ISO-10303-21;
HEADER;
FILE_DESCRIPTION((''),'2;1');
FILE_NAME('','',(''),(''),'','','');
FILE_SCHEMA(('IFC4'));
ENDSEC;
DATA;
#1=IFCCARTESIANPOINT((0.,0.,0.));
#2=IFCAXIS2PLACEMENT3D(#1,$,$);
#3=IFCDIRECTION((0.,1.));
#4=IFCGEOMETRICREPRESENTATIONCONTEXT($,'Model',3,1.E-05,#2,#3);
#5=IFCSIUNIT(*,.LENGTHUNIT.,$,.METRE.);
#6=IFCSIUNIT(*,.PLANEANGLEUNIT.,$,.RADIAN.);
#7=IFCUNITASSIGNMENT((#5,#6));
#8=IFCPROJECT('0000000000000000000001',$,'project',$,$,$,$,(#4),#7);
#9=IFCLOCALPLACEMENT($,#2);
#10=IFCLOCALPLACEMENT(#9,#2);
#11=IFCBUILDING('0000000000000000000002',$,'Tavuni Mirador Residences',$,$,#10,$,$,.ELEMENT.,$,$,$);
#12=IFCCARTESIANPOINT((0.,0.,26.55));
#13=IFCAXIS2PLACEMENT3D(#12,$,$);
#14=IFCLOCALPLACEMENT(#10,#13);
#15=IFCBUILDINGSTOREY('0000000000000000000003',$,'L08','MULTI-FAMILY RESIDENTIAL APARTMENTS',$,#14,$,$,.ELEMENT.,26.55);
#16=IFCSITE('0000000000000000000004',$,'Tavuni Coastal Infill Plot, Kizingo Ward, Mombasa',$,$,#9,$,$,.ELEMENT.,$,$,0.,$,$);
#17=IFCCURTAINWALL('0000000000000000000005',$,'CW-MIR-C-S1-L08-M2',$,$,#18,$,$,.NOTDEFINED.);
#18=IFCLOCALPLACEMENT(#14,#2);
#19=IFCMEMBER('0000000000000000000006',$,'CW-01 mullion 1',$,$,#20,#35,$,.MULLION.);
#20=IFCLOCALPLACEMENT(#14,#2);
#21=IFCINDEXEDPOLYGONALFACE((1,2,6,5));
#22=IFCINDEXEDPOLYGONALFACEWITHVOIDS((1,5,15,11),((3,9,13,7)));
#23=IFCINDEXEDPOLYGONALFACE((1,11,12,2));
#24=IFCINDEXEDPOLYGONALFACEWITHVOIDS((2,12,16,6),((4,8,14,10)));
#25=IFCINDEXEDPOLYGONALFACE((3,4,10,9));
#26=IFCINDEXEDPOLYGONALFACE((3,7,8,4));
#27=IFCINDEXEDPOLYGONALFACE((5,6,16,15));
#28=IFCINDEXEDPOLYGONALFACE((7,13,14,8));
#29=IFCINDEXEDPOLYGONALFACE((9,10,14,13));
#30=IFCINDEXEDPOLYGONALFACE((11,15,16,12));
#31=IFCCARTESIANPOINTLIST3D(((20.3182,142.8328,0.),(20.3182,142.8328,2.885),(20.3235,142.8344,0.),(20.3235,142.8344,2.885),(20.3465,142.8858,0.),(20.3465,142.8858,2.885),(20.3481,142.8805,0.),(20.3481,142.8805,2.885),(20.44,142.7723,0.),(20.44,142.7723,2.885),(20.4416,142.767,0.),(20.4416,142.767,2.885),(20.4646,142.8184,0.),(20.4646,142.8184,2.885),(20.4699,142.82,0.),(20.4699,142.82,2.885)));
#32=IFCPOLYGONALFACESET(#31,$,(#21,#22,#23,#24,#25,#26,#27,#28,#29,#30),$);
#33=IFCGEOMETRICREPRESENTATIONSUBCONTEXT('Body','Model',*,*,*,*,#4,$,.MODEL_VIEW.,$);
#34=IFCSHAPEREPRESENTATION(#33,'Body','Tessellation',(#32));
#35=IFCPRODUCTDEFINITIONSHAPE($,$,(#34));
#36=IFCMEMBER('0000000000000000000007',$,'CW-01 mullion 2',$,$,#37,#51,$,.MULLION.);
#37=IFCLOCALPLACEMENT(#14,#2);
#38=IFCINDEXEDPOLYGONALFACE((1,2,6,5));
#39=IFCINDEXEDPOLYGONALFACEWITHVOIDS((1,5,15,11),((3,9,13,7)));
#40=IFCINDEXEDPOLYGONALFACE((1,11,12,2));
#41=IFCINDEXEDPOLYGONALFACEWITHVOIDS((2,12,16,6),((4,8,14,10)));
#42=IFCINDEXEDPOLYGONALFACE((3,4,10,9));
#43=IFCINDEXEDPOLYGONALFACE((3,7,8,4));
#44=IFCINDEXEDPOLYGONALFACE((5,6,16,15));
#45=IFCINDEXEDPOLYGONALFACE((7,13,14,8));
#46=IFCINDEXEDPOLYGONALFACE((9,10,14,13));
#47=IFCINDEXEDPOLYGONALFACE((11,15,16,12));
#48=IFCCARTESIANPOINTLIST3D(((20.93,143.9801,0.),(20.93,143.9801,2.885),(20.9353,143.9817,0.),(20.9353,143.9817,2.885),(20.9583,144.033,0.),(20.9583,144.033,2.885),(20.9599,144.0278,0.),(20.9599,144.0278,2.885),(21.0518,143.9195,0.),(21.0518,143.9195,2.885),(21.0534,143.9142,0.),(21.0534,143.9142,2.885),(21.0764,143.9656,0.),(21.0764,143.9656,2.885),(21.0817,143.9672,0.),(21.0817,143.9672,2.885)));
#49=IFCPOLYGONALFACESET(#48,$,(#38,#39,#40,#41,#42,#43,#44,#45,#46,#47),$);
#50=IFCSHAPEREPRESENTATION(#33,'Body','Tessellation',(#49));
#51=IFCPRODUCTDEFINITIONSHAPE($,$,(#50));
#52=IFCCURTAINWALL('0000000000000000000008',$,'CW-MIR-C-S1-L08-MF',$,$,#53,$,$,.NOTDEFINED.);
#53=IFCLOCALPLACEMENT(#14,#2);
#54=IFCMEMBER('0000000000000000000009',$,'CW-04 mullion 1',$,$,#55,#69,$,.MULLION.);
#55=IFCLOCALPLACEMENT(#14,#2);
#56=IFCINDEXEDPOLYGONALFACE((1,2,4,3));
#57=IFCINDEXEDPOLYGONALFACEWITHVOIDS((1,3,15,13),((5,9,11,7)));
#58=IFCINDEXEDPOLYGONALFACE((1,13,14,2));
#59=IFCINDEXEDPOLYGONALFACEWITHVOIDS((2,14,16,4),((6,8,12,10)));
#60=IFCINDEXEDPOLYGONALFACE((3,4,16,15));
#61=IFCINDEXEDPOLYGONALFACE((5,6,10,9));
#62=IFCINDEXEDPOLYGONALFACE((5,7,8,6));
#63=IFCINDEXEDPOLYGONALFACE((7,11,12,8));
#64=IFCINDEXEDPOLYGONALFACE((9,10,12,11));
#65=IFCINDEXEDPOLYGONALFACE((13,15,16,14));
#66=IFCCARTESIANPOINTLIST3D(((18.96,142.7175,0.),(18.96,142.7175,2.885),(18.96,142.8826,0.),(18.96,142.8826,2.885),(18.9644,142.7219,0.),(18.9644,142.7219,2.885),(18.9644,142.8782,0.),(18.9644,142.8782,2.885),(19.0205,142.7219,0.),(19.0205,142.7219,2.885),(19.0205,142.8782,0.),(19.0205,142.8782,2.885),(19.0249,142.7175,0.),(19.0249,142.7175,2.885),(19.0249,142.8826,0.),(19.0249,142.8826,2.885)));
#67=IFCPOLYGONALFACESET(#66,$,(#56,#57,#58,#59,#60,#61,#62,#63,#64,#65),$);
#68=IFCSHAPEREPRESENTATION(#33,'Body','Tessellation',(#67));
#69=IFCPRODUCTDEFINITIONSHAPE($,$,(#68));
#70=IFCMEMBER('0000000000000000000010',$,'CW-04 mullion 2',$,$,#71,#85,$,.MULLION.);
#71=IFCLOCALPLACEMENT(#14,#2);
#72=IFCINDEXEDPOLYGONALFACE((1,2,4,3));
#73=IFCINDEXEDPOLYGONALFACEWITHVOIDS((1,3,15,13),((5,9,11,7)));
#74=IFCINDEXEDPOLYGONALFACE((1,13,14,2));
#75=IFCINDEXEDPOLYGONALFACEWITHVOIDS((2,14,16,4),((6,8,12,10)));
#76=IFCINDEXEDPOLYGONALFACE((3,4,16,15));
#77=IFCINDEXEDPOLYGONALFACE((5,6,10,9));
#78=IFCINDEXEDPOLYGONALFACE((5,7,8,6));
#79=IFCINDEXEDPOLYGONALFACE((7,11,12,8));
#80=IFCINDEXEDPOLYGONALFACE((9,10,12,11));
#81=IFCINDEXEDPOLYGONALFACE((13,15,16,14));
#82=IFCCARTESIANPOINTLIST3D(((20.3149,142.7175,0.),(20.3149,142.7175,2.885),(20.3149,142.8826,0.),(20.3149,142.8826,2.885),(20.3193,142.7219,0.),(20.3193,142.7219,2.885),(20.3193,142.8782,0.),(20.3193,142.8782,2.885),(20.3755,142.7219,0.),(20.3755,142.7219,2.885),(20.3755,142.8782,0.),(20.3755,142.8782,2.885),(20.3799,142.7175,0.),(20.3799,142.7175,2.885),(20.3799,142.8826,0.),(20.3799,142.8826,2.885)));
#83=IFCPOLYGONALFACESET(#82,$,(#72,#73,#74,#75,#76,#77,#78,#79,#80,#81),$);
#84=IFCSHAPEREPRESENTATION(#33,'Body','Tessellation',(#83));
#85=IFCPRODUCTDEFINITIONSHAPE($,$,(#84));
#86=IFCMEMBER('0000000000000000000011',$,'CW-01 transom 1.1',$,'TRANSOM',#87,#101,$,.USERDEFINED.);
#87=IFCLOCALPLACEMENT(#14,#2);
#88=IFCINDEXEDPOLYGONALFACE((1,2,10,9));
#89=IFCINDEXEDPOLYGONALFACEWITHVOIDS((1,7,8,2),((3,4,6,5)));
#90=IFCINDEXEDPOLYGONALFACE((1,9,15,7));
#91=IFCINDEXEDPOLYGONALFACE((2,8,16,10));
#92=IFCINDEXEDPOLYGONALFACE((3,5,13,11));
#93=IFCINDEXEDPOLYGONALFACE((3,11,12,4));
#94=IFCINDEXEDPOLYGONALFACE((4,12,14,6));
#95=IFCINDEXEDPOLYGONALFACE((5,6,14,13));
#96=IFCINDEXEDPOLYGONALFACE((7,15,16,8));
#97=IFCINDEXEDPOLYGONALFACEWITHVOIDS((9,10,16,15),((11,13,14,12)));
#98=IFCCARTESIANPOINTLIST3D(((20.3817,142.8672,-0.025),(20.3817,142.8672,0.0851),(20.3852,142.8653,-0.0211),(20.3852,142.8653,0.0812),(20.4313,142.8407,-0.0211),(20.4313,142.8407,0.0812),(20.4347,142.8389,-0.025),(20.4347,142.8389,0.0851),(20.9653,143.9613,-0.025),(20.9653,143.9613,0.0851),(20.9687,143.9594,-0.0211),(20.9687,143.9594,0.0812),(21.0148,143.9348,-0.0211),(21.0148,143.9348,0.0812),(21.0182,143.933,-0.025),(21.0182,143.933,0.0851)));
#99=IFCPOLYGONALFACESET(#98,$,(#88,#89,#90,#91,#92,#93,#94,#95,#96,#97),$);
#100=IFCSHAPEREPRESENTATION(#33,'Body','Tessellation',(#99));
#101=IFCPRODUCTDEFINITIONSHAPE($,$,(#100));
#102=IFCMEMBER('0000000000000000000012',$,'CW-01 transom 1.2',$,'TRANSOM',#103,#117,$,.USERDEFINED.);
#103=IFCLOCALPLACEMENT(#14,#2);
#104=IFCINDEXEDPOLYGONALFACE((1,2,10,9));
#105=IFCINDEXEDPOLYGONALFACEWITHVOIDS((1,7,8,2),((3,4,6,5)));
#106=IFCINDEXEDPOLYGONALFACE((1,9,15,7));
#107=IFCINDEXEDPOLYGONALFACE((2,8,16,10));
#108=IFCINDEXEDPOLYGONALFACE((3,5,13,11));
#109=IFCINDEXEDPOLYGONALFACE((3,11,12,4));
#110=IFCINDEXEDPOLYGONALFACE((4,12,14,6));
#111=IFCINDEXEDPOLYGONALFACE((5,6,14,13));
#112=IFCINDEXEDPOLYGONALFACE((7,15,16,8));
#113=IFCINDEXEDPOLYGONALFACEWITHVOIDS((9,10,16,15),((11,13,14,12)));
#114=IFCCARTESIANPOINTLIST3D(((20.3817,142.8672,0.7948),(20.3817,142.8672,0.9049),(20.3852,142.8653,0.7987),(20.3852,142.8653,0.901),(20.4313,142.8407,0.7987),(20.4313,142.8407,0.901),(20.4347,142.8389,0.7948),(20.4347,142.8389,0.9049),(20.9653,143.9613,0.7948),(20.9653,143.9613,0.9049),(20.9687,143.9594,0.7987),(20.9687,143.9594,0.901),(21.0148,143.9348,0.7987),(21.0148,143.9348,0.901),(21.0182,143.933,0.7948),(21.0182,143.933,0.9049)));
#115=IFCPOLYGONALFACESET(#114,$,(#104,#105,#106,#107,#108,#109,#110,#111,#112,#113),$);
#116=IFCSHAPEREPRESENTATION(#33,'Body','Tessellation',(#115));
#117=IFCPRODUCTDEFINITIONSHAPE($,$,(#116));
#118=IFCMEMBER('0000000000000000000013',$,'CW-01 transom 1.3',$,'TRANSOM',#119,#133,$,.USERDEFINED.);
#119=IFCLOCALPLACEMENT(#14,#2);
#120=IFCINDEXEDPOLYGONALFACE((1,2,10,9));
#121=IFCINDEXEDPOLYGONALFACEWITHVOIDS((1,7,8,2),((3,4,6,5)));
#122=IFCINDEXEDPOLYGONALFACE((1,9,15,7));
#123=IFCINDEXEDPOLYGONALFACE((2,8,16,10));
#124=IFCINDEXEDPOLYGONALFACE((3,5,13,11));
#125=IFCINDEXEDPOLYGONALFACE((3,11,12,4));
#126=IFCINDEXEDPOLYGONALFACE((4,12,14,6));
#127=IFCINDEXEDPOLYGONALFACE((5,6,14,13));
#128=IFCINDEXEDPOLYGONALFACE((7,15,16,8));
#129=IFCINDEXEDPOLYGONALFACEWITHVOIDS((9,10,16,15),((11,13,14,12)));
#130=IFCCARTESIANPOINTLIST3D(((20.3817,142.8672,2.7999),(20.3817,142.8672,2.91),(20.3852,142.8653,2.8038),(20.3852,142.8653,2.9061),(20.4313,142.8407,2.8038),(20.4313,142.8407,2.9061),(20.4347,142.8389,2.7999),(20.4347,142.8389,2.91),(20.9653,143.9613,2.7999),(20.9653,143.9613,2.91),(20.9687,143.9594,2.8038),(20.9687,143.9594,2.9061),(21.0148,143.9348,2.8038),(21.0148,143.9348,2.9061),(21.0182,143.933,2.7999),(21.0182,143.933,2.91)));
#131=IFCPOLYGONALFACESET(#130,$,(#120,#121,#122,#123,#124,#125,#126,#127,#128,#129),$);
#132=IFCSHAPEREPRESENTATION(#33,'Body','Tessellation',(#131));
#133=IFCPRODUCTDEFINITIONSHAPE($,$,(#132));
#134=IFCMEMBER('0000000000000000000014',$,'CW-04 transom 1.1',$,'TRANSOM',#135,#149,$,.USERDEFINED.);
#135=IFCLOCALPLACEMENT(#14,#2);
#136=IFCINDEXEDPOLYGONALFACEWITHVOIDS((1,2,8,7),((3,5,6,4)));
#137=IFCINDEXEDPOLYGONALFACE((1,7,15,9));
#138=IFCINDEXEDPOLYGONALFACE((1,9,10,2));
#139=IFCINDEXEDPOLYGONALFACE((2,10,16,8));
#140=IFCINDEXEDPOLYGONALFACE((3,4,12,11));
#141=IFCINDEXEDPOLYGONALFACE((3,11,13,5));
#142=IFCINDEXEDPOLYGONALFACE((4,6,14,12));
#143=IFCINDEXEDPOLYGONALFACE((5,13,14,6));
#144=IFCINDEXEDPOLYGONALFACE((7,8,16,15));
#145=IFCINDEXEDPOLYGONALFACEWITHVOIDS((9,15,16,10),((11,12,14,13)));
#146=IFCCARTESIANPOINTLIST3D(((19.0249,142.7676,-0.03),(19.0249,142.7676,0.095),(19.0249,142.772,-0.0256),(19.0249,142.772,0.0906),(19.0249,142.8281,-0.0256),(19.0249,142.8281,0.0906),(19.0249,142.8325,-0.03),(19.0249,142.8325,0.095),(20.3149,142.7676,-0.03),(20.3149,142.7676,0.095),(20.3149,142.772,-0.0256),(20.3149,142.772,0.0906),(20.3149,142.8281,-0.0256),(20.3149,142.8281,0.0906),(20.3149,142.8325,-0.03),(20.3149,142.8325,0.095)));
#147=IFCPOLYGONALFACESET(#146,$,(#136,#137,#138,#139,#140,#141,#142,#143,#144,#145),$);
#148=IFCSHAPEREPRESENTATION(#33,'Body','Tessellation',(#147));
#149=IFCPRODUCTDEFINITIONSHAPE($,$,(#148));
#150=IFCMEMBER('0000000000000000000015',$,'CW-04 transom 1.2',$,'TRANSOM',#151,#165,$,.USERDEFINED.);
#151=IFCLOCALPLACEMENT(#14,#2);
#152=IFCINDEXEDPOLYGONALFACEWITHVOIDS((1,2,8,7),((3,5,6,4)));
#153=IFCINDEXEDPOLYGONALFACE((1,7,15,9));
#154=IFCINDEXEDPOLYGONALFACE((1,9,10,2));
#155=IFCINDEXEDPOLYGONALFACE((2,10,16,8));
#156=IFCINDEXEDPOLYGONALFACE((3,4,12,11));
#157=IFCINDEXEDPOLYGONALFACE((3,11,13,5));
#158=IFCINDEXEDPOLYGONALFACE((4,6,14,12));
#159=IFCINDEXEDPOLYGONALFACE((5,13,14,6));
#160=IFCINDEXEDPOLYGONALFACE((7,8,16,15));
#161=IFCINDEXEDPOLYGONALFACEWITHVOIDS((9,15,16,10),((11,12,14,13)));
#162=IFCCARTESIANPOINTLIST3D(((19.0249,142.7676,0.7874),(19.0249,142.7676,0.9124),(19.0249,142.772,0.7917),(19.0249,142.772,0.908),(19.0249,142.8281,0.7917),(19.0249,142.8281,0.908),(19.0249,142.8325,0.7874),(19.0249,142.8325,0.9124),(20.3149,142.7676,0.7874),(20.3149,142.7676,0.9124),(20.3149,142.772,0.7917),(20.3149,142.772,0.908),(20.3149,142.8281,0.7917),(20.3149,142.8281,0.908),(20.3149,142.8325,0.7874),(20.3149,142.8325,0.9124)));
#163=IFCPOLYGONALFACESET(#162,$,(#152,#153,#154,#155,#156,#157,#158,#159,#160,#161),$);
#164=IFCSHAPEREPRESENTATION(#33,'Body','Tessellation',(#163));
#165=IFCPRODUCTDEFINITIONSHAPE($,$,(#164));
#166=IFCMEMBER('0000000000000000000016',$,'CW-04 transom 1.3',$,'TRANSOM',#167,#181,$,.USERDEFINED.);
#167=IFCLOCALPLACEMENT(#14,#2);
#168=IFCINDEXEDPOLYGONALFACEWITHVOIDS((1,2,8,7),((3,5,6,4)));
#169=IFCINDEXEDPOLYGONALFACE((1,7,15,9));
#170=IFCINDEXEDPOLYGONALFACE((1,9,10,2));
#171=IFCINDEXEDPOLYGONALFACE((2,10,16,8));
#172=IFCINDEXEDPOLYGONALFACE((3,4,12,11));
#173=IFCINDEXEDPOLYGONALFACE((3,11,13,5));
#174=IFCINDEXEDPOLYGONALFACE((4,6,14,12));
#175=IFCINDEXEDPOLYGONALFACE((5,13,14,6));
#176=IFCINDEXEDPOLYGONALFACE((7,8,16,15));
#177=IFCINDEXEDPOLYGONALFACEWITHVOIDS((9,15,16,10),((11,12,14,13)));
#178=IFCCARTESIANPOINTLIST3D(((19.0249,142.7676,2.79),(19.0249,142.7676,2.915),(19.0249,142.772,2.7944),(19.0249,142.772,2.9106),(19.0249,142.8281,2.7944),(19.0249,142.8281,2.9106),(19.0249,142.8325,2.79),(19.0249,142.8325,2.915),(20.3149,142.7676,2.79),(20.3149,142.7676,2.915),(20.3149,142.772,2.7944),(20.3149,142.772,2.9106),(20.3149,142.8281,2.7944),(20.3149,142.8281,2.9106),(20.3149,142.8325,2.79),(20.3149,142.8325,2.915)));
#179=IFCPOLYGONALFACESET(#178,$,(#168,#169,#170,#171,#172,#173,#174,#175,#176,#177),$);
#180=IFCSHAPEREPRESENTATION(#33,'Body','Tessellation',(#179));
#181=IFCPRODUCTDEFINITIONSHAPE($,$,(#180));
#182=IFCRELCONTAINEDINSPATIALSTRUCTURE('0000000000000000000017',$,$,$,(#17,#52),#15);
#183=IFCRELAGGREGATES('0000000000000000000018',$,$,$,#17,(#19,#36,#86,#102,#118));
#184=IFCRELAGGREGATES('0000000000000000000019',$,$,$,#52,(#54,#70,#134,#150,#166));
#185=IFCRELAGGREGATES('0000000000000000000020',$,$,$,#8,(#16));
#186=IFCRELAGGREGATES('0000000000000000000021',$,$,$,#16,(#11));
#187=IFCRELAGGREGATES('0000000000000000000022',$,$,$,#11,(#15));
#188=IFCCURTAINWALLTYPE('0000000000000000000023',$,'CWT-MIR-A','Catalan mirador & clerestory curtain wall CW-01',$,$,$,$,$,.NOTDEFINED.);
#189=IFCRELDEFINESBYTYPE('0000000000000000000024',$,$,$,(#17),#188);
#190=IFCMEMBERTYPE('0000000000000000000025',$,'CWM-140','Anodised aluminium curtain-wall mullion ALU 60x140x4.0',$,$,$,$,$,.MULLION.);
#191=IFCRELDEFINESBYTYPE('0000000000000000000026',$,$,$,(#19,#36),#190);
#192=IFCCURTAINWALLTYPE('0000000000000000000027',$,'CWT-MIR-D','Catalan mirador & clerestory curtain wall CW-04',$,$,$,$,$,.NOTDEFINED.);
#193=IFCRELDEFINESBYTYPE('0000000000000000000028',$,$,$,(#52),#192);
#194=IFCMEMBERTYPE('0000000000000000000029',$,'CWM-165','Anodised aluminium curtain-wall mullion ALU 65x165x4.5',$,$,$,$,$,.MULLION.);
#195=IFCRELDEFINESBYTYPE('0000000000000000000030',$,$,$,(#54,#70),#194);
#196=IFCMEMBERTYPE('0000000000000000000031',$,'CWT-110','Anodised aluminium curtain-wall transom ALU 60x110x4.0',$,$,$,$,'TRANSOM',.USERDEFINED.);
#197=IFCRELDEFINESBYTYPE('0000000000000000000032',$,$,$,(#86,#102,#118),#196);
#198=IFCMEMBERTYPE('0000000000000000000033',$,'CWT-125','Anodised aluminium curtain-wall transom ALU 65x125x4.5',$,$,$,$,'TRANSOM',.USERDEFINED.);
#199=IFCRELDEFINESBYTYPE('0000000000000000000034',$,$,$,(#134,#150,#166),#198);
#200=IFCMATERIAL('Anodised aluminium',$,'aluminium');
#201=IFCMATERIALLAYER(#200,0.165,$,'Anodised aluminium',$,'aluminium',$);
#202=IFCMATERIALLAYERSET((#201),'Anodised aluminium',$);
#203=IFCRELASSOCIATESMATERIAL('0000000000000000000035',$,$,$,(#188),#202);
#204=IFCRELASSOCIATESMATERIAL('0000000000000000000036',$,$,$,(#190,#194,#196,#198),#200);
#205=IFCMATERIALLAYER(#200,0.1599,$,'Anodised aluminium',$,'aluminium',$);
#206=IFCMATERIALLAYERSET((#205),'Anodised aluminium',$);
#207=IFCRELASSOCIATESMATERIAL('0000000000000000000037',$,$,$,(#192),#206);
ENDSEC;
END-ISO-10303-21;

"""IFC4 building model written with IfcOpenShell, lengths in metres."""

from ifc_helpers import new_model, si_unit, direction, frame, origin, origin_2d, place, context, subcontext, project, spatial, hollow_rectangle, extrude, material, layer, layer_set, material_profile, profile_set, type_object, element, aggregate, save


model = new_model("IFC4")

# Units and contexts
model_context = context("Model", 3, precision=1e-05, world=origin(), true_north=direction((0.0, 1.0)))
body_context = subcontext(model_context, "Body", "Model", "MODEL_VIEW")
ifc_project = project(units=[si_unit("LENGTHUNIT", "METRE"), si_unit("PLANEANGLEUNIT", "RADIAN")], contexts=[model_context])

# Site, building, storey
site_placement = place(None, origin())
site = spatial("IfcSite", under=ifc_project, at=site_placement, Name="Tavuni Coastal Infill Plot, Kizingo Ward, Mombasa", CompositionType="ELEMENT", RefElevation=0.0)
building_placement = place(site_placement, origin())
building = spatial("IfcBuilding", under=site, at=building_placement, Name="Tavuni Mirador Residences", CompositionType="ELEMENT")
storey_placement = place(building_placement, frame((0.0, 0.0, 26.55)))
storey = spatial("IfcBuildingStorey", under=building, at=storey_placement, Name="L08", Description="MULTI-FAMILY RESIDENTIAL APARTMENTS", CompositionType="ELEMENT", Elevation=26.55)

# Curtain walls, members
ifc_material_1 = material(Name="Anodised aluminium", Category="aluminium")
ifc_layer_1 = layer(ifc_material_1, 0.165, Name="Anodised aluminium", Category="aluminium")
ifc_layer_set_1 = layer_set([ifc_layer_1], Name="Anodised aluminium")
curtain_wall_type_1 = type_object("IfcCurtainWallType", Name="CWT-MIR-A", Description="Catalan mirador & clerestory curtain wall CW-01", PredefinedType="NOTDEFINED", material=ifc_layer_set_1)
curtain_wall_1_placement = place(storey_placement, origin())
curtain_wall_1 = element("IfcCurtainWall", 1, at=curtain_wall_1_placement, inside=storey, type_object=curtain_wall_type_1, Name="CW-MIR-C-S1-L08-M2", PredefinedType="NOTDEFINED")
ifc_material_profile_1 = material_profile(ifc_material_1, hollow_rectangle(XDim=0.0601, YDim=0.1399, WallThickness=0.0039, at=origin_2d()), Name="ALU 60x140x4.0", Category="aluminium")
ifc_profile_set_1 = profile_set([ifc_material_profile_1], Name="Anodised aluminium")
member_type_1 = type_object("IfcMemberType", Name="CWM-140", Description="Anodised aluminium curtain-wall mullion ALU 60x140x4.0", PredefinedType="MULLION", material=ifc_profile_set_1)
member_1_placement = place(storey_placement, frame((20.394, 142.8264, 0.0), z_axis=(0.0, 0.0, 1.0), x_axis=(0.470588, 0.882353, 0.0)))
member_1 = element("IfcMember", 2, at=member_1_placement, type_object=member_type_1, Name="CW-01 mullion 1", PredefinedType="MULLION", context=body_context, shape_type="SweptSolid", body=[
    extrude(hollow_rectangle(XDim=0.0601, YDim=0.1399, WallThickness=0.0039, at=origin_2d()), origin(), (0.0, 0.0, 1.0), 2.885),
])
member_2_placement = place(storey_placement, frame((21.0059, 143.9736, 0.0), z_axis=(0.0, 0.0, 1.0), x_axis=(0.470588, 0.882353, 0.0)))
member_2 = element("IfcMember", 3, at=member_2_placement, type_object=member_type_1, Name="CW-01 mullion 2", PredefinedType="MULLION", context=body_context, shape_type="SweptSolid", body=[
    extrude(hollow_rectangle(XDim=0.0601, YDim=0.1399, WallThickness=0.0039, at=origin_2d()), origin(), (0.0, 0.0, 1.0), 2.885),
])
ifc_layer_2 = layer(ifc_material_1, 0.1599, Name="Anodised aluminium", Category="aluminium")
ifc_layer_set_2 = layer_set([ifc_layer_2], Name="Anodised aluminium")
curtain_wall_type_2 = type_object("IfcCurtainWallType", Name="CWT-MIR-D", Description="Catalan mirador & clerestory curtain wall CW-04", PredefinedType="NOTDEFINED", material=ifc_layer_set_2)
curtain_wall_2_placement = place(storey_placement, origin())
curtain_wall_2 = element("IfcCurtainWall", 4, at=curtain_wall_2_placement, inside=storey, type_object=curtain_wall_type_2, Name="CW-MIR-C-S1-L08-MF", PredefinedType="NOTDEFINED")
ifc_material_profile_2 = material_profile(ifc_material_1, hollow_rectangle(XDim=0.0649, YDim=0.165, WallThickness=0.0044, at=origin_2d()), Name="ALU 65x165x4.5", Category="aluminium")
ifc_profile_set_2 = profile_set([ifc_material_profile_2], Name="Anodised aluminium")
member_type_2 = type_object("IfcMemberType", Name="CWM-165", Description="Anodised aluminium curtain-wall mullion ALU 65x165x4.5", PredefinedType="MULLION", material=ifc_profile_set_2)
member_3_placement = place(storey_placement, frame((18.9924, 142.8, 0.0), z_axis=(0.0, 0.0, 1.0), x_axis=(1.0, 0.0, 0.0)))
member_3 = element("IfcMember", 5, at=member_3_placement, type_object=member_type_2, Name="CW-04 mullion 1", PredefinedType="MULLION", context=body_context, shape_type="SweptSolid", body=[
    extrude(hollow_rectangle(XDim=0.0649, YDim=0.165, WallThickness=0.0044, at=origin_2d()), origin(), (0.0, 0.0, 1.0), 2.885),
])
member_4_placement = place(storey_placement, frame((20.3474, 142.8, 0.0), z_axis=(0.0, 0.0, 1.0), x_axis=(1.0, 0.0, 0.0)))
member_4 = element("IfcMember", 6, at=member_4_placement, type_object=member_type_2, Name="CW-04 mullion 2", PredefinedType="MULLION", context=body_context, shape_type="SweptSolid", body=[
    extrude(hollow_rectangle(XDim=0.0649, YDim=0.165, WallThickness=0.0044, at=origin_2d()), origin(), (0.0, 0.0, 1.0), 2.885),
])

# Members
ifc_material_profile_3 = material_profile(ifc_material_1, hollow_rectangle(XDim=0.0601, YDim=0.1101, WallThickness=0.0039, at=origin_2d()), Name="ALU 60x110x4.0", Category="aluminium")
ifc_profile_set_3 = profile_set([ifc_material_profile_3], Name="Anodised aluminium")
member_type_3 = type_object("IfcMemberType", Name="CWT-110", Description="Anodised aluminium curtain-wall transom ALU 60x110x4.0", ElementType="TRANSOM", PredefinedType="USERDEFINED", material=ifc_profile_set_3)
member_5_placement = place(storey_placement, frame((20.4082, 142.853, 0.03), z_axis=(0.470609, 0.882342, 0.0), x_axis=(-0.882342, 0.470609, 0.0)))
member_5 = element("IfcMember", 7, at=member_5_placement, type_object=member_type_3, Name="CW-01 transom 1.1", ObjectType="TRANSOM", PredefinedType="USERDEFINED", context=body_context, shape_type="SweptSolid", body=[
    extrude(hollow_rectangle(XDim=0.0601, YDim=0.1101, WallThickness=0.0039, at=origin_2d()), origin(), (0.0, 0.0, 1.0), 1.24),
])
member_6_placement = place(storey_placement, frame((20.4082, 142.853, 0.8499), z_axis=(0.470609, 0.882342, 0.0), x_axis=(-0.882342, 0.470609, 0.0)))
member_6 = element("IfcMember", 8, at=member_6_placement, type_object=member_type_3, Name="CW-01 transom 1.2", ObjectType="TRANSOM", PredefinedType="USERDEFINED", context=body_context, shape_type="SweptSolid", body=[
    extrude(hollow_rectangle(XDim=0.0601, YDim=0.1101, WallThickness=0.0039, at=origin_2d()), origin(), (0.0, 0.0, 1.0), 1.24),
])
member_7_placement = place(storey_placement, frame((20.4082, 142.853, 2.855), z_axis=(0.470609, 0.882342, 0.0), x_axis=(-0.882342, 0.470609, 0.0)))
member_7 = element("IfcMember", 9, at=member_7_placement, type_object=member_type_3, Name="CW-01 transom 1.3", ObjectType="TRANSOM", PredefinedType="USERDEFINED", context=body_context, shape_type="SweptSolid", body=[
    extrude(hollow_rectangle(XDim=0.0601, YDim=0.1101, WallThickness=0.0039, at=origin_2d()), origin(), (0.0, 0.0, 1.0), 1.24),
])
ifc_material_profile_4 = material_profile(ifc_material_1, hollow_rectangle(XDim=0.0649, YDim=0.125, WallThickness=0.0044, at=origin_2d()), Name="ALU 65x125x4.5", Category="aluminium")
ifc_profile_set_4 = profile_set([ifc_material_profile_4], Name="Anodised aluminium")
member_type_4 = type_object("IfcMemberType", Name="CWT-125", Description="Anodised aluminium curtain-wall transom ALU 65x125x4.5", ElementType="TRANSOM", PredefinedType="USERDEFINED", material=ifc_profile_set_4)
member_8_placement = place(storey_placement, frame((19.0249, 142.8, 0.0325), z_axis=(1.0, 0.0, 0.0), x_axis=(0.0, 1.0, 0.0)))
member_8 = element("IfcMember", 10, at=member_8_placement, type_object=member_type_4, Name="CW-04 transom 1.1", ObjectType="TRANSOM", PredefinedType="USERDEFINED", context=body_context, shape_type="SweptSolid", body=[
    extrude(hollow_rectangle(XDim=0.0649, YDim=0.125, WallThickness=0.0044, at=origin_2d()), origin(), (0.0, 0.0, 1.0), 1.29),
])
member_9_placement = place(storey_placement, frame((19.0249, 142.8, 0.8499), z_axis=(1.0, 0.0, 0.0), x_axis=(0.0, 1.0, 0.0)))
member_9 = element("IfcMember", 11, at=member_9_placement, type_object=member_type_4, Name="CW-04 transom 1.2", ObjectType="TRANSOM", PredefinedType="USERDEFINED", context=body_context, shape_type="SweptSolid", body=[
    extrude(hollow_rectangle(XDim=0.0649, YDim=0.125, WallThickness=0.0044, at=origin_2d()), origin(), (0.0, 0.0, 1.0), 1.29),
])
member_10_placement = place(storey_placement, frame((19.0249, 142.8, 2.8525), z_axis=(1.0, 0.0, 0.0), x_axis=(0.0, 1.0, 0.0)))
member_10 = element("IfcMember", 12, at=member_10_placement, type_object=member_type_4, Name="CW-04 transom 1.3", ObjectType="TRANSOM", PredefinedType="USERDEFINED", context=body_context, shape_type="SweptSolid", body=[
    extrude(hollow_rectangle(XDim=0.0649, YDim=0.125, WallThickness=0.0044, at=origin_2d()), origin(), (0.0, 0.0, 1.0), 1.29),
])

aggregate(curtain_wall_1, [member_1, member_2, member_5, member_6, member_7])
aggregate(curtain_wall_2, [member_3, member_4, member_8, member_9, member_10])

save(model, "model.ifc")
